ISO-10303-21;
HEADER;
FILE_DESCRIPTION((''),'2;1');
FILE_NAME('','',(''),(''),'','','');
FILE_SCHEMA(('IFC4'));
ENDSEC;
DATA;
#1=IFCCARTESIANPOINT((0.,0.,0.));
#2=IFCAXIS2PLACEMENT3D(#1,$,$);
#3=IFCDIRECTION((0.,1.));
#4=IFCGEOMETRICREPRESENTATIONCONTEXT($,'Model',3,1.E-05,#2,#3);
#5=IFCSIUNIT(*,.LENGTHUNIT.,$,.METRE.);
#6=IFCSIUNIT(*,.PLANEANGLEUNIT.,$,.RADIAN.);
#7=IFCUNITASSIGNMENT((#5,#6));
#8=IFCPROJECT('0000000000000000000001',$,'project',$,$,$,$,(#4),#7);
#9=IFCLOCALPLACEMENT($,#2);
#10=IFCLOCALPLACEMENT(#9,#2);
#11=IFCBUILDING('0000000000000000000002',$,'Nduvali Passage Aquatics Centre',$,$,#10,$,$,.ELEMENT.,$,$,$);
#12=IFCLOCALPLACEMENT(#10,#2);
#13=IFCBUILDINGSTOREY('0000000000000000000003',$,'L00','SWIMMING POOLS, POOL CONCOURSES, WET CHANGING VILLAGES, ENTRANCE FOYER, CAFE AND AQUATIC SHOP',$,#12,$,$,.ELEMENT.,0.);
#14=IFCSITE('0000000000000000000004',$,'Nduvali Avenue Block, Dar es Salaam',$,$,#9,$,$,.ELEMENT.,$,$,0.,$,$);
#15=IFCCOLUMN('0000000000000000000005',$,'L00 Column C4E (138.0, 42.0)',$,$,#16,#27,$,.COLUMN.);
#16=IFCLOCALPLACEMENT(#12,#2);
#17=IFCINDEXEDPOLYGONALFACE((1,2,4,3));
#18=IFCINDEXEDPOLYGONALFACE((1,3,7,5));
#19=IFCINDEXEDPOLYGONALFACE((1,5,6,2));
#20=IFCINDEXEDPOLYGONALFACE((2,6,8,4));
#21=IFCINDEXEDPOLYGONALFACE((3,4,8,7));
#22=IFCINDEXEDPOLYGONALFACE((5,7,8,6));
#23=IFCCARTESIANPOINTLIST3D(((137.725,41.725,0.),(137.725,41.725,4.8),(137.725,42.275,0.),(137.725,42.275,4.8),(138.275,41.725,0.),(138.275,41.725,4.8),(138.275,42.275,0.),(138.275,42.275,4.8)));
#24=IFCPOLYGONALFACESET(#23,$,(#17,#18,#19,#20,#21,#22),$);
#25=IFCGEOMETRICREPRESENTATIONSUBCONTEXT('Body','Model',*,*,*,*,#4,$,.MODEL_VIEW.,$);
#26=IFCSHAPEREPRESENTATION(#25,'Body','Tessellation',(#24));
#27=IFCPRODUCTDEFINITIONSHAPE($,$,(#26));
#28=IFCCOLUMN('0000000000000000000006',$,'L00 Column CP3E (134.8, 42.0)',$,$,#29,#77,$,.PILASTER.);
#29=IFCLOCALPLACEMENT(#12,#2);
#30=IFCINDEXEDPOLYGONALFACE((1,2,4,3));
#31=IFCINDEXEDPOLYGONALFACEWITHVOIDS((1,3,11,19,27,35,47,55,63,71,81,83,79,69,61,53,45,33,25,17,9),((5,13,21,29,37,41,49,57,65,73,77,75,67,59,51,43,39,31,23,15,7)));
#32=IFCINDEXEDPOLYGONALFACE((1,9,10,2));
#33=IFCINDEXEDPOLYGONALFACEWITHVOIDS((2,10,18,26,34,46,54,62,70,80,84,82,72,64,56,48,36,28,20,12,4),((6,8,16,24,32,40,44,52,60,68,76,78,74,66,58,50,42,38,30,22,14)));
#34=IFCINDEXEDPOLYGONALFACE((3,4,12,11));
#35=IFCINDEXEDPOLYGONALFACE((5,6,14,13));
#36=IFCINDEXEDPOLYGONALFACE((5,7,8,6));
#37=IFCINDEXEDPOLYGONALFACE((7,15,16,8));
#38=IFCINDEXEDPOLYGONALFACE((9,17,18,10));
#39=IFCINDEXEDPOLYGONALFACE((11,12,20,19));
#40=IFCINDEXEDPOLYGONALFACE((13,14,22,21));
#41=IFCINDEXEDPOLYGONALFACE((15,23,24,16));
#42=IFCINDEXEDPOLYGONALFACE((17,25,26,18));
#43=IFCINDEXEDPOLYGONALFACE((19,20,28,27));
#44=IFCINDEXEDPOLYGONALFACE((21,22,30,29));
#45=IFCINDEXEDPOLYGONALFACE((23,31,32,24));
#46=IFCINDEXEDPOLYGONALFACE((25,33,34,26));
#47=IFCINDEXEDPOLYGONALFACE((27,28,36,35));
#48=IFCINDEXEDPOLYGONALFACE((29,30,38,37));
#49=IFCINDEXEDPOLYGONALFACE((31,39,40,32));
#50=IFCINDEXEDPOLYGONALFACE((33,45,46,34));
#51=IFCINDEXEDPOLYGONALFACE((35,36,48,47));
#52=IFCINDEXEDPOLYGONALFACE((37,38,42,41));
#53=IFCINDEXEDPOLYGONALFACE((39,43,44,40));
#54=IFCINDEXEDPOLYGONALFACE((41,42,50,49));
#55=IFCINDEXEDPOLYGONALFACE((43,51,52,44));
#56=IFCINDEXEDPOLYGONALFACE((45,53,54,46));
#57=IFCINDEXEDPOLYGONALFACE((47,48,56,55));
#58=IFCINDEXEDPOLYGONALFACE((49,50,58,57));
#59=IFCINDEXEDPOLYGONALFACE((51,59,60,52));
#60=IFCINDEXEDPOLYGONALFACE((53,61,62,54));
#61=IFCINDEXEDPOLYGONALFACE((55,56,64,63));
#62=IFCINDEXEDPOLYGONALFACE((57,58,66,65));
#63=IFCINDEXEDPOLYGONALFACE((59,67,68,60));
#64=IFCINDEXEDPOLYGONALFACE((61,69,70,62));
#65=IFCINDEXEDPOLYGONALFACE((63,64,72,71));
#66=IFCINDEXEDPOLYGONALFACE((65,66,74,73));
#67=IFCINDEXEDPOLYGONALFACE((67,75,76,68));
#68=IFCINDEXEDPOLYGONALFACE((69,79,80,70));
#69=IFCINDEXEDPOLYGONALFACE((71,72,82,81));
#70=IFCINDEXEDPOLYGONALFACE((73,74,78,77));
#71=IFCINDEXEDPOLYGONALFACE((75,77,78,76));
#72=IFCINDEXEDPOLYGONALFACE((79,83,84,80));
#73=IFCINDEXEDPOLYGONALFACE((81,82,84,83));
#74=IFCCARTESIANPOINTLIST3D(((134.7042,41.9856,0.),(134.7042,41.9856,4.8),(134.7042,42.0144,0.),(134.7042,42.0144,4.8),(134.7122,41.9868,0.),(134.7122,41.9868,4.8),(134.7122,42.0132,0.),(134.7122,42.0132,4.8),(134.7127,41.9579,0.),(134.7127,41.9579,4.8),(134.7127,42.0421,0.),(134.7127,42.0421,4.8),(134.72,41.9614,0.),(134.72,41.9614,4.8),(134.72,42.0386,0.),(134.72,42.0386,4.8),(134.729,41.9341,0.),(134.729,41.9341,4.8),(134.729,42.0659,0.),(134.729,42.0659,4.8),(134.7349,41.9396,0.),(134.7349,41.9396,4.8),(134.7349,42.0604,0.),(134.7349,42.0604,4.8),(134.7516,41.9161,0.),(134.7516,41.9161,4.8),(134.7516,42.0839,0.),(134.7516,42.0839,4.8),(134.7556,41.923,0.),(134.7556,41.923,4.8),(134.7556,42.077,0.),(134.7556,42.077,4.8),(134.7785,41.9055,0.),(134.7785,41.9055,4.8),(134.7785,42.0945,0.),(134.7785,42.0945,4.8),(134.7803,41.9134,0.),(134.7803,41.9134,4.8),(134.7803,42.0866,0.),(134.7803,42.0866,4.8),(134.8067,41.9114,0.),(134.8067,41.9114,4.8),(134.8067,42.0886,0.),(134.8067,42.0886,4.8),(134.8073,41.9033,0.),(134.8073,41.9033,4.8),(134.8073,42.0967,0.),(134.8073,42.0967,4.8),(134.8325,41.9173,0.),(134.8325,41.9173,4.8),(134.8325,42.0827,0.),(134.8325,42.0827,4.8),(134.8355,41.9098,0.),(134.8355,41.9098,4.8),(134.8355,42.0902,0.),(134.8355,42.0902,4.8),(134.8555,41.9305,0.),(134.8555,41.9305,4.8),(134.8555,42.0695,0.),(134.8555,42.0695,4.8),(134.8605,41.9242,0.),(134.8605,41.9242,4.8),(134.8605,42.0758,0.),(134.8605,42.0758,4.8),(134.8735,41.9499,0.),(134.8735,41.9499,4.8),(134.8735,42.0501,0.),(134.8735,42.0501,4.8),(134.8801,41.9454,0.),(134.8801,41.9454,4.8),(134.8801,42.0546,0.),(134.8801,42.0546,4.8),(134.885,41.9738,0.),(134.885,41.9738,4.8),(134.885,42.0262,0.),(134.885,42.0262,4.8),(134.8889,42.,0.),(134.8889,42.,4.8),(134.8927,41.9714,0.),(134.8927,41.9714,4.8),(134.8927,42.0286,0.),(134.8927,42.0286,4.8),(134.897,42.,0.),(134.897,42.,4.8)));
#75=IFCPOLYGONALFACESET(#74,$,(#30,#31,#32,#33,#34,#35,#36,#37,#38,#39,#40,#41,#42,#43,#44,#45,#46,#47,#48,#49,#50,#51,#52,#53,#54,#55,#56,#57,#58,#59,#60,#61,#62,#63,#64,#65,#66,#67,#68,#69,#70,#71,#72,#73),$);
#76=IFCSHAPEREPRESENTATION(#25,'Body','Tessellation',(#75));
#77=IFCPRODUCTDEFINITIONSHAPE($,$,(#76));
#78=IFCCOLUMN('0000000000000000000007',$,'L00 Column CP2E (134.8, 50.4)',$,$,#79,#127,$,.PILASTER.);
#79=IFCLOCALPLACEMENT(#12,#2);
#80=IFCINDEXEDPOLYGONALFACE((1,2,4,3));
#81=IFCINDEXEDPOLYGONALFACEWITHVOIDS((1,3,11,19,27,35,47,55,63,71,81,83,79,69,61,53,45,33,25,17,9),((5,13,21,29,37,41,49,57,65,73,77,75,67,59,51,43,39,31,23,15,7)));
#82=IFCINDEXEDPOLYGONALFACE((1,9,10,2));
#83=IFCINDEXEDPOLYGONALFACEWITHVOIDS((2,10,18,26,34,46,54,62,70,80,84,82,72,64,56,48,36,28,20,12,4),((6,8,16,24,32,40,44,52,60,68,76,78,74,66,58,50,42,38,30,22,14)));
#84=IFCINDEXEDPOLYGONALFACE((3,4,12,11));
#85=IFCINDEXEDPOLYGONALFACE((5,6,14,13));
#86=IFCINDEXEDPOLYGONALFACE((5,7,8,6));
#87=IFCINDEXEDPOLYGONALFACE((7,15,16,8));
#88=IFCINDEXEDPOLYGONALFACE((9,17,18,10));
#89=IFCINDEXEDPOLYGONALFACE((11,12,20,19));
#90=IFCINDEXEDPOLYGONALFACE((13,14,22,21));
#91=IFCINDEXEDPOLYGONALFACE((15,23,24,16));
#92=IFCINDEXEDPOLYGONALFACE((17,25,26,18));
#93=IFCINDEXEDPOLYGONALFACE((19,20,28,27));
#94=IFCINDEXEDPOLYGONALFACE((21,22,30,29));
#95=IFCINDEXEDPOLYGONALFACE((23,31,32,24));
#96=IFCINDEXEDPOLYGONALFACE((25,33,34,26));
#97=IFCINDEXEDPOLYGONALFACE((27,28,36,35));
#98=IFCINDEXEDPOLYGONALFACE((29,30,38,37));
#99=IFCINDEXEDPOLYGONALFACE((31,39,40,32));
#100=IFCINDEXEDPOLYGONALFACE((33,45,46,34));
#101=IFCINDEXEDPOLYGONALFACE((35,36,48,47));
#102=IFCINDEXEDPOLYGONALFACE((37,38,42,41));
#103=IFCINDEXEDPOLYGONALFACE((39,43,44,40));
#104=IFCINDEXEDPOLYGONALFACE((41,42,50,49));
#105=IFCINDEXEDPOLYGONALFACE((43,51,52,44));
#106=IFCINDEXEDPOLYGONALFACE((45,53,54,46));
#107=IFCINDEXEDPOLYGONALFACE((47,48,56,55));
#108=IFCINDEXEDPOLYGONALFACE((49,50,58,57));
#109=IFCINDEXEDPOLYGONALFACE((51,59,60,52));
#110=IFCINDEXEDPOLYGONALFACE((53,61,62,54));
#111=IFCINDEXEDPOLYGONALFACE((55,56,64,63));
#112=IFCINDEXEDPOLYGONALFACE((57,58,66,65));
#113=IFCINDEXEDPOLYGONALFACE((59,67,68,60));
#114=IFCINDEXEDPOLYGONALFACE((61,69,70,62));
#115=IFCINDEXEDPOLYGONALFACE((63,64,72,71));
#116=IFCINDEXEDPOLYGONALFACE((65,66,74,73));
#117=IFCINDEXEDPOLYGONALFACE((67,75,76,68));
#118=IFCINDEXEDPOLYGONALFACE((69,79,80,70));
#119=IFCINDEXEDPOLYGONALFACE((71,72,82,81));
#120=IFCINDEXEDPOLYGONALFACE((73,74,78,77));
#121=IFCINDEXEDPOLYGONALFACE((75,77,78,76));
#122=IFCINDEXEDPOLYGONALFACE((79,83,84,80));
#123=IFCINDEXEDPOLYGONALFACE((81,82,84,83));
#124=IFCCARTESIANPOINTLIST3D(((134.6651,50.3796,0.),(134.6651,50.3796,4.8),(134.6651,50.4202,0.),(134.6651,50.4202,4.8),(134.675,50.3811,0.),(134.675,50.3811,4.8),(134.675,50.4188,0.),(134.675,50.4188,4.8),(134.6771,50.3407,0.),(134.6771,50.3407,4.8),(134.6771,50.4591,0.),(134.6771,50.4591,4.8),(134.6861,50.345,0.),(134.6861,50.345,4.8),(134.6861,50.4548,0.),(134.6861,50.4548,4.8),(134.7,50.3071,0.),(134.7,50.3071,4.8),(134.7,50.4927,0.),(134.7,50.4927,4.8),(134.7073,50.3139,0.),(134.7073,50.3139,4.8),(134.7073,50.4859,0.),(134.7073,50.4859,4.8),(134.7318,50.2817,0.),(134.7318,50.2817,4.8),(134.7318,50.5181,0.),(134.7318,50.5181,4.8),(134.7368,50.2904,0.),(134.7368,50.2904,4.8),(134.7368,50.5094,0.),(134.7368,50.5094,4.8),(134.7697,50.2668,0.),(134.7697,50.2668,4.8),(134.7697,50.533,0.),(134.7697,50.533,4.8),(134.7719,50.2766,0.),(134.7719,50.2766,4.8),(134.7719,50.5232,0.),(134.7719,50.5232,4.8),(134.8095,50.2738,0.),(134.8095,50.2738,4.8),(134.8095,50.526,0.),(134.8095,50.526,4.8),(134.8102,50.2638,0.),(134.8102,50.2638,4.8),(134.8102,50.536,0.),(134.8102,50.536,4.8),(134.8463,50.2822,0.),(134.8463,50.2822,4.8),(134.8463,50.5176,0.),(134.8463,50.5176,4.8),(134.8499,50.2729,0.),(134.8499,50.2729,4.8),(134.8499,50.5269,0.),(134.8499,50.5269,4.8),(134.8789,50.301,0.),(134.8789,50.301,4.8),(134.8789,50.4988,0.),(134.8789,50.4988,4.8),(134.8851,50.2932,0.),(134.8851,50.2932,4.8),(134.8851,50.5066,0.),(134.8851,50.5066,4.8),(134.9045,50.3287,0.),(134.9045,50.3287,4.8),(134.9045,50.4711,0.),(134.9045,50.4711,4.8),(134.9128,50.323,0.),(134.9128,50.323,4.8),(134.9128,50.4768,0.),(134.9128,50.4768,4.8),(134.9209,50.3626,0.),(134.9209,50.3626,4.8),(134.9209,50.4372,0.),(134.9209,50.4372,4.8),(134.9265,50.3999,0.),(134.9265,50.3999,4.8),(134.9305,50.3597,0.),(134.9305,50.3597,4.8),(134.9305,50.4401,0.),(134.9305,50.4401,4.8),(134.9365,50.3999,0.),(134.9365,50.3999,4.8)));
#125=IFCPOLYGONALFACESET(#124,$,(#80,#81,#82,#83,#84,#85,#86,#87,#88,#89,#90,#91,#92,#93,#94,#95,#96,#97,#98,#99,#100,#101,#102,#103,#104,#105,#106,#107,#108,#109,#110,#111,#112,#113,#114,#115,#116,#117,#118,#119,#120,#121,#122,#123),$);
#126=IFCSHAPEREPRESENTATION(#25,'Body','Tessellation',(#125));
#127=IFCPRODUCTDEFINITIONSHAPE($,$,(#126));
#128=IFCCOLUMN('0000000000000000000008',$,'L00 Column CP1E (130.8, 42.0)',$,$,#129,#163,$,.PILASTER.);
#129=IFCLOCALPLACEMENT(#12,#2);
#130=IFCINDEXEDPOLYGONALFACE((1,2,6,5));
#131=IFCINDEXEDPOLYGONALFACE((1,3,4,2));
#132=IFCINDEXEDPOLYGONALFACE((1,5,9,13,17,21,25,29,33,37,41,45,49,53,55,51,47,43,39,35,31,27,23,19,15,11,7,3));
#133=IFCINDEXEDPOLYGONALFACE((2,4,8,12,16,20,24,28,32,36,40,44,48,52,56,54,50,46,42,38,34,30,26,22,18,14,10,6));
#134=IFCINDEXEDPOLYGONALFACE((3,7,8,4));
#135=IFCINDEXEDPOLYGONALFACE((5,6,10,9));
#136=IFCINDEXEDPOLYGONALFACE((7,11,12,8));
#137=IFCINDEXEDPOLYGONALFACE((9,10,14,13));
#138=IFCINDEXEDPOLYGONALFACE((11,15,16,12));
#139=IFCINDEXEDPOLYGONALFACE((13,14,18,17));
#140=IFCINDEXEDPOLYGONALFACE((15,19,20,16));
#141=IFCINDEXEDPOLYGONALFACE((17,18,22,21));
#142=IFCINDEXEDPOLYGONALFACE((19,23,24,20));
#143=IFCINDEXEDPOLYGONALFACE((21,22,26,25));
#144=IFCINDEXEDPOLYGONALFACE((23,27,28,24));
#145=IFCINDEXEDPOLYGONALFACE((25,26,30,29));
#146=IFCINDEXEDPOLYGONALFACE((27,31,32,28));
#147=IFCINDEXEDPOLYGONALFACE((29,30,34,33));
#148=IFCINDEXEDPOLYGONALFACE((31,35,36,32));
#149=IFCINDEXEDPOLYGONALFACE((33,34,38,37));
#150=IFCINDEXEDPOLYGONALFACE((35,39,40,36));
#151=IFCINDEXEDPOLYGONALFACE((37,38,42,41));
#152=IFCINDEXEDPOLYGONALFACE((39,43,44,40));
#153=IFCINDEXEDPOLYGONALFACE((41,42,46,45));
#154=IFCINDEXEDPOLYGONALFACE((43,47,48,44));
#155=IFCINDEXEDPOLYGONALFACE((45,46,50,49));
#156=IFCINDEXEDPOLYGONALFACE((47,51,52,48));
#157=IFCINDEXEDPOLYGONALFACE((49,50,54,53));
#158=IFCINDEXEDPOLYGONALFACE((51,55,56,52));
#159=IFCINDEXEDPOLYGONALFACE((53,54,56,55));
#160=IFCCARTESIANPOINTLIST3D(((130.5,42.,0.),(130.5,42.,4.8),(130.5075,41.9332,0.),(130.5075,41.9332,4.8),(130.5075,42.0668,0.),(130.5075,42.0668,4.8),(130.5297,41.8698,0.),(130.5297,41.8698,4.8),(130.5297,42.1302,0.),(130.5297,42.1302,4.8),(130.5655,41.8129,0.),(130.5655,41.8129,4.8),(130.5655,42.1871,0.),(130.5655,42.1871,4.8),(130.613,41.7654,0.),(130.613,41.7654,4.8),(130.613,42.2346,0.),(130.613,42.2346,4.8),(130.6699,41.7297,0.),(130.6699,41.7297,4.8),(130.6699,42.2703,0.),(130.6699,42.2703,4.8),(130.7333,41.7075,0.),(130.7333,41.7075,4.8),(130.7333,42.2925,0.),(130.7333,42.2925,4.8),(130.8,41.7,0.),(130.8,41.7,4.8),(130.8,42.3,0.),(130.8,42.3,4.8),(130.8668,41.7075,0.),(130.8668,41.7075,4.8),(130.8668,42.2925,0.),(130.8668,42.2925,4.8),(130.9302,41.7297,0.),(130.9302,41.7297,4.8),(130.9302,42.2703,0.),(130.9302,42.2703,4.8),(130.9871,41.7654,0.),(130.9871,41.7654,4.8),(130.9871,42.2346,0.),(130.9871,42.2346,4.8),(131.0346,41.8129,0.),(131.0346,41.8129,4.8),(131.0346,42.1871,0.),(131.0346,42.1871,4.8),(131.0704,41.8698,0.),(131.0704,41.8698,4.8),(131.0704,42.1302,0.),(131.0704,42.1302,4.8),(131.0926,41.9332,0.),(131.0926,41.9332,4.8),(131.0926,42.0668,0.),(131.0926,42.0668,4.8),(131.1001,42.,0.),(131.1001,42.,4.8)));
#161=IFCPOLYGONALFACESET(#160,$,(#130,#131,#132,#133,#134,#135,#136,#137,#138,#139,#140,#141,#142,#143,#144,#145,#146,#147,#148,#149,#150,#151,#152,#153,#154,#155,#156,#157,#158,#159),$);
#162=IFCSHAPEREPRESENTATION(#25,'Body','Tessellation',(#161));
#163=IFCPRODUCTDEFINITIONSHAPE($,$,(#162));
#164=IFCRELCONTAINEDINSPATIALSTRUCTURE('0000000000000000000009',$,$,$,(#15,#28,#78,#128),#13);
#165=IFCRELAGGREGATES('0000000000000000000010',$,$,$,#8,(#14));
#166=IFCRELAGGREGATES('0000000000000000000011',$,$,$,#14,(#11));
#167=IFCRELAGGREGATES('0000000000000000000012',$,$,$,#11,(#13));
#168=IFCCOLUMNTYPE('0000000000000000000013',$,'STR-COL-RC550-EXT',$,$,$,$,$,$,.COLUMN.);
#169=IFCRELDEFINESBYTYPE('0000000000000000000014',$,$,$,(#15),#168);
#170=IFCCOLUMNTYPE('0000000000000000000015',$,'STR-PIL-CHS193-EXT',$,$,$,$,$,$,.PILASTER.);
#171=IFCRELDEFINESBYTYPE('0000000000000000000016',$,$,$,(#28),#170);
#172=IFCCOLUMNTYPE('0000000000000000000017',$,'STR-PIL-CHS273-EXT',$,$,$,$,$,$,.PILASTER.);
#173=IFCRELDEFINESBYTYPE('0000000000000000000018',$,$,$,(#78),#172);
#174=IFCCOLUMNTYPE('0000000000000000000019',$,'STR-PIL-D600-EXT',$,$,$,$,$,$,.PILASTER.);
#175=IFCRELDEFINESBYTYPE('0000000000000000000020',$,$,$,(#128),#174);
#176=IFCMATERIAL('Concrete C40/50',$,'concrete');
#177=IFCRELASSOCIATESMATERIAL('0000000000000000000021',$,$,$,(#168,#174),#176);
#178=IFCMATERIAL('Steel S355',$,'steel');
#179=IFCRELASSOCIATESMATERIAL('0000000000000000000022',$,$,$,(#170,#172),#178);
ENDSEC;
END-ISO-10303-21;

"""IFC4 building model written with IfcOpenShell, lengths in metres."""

from ifc_helpers import new_model, si_unit, direction, frame, origin, origin_2d, place, context, subcontext, project, spatial, rectangle, circle, hollow_circle, extrude, material, material_profile, profile_set, type_object, element, save


model = new_model("IFC4")

# Units and contexts
model_context = context("Model", 3, precision=1e-05, world=origin(), true_north=direction((0.0, 1.0)))
body_context = subcontext(model_context, "Body", "Model", "MODEL_VIEW")
ifc_project = project(units=[si_unit("LENGTHUNIT", "METRE"), si_unit("PLANEANGLEUNIT", "RADIAN")], contexts=[model_context])

# Site, building, storey
site_placement = place(None, origin())
site = spatial("IfcSite", under=ifc_project, at=site_placement, Name="Nduvali Avenue Block, Dar es Salaam", CompositionType="ELEMENT", RefElevation=0.0)
building_placement = place(site_placement, origin())
building = spatial("IfcBuilding", under=site, at=building_placement, Name="Nduvali Passage Aquatics Centre", CompositionType="ELEMENT")
storey_placement = place(building_placement, origin())
storey = spatial("IfcBuildingStorey", under=building, at=storey_placement, Name="L00", Description="SWIMMING POOLS, POOL CONCOURSES, WET CHANGING VILLAGES, ENTRANCE FOYER, CAFE AND AQUATIC SHOP", CompositionType="ELEMENT", Elevation=0.0)

# Columns
ifc_material_1 = material(Name="Concrete C40/50", Category="concrete")
ifc_material_profile_1 = material_profile(ifc_material_1, rectangle(XDim=0.55, YDim=0.55, at=origin_2d()), Name="RC 550x550")
ifc_profile_set_1 = profile_set([ifc_material_profile_1], Name="Concrete C40/50")
column_type_1 = type_object("IfcColumnType", Name="STR-COL-RC550-EXT", PredefinedType="COLUMN", material=ifc_profile_set_1)
column_1_placement = place(storey_placement, frame((138.0, 42.0, 0.0), z_axis=(0.0, 0.0, 1.0), x_axis=(1.0, 0.0, 0.0)))
element("IfcColumn", 1, at=column_1_placement, inside=storey, type_object=column_type_1, Name="L00 Column C4E (138.0, 42.0)", PredefinedType="COLUMN", context=body_context, shape_type="SweptSolid", body=[
    extrude(rectangle(XDim=0.55, YDim=0.55, at=origin_2d()), origin(), (0.0, 0.0, 1.0), 4.8),
])
ifc_material_2 = material(Name="Steel S355", Category="steel")
ifc_material_profile_2 = material_profile(ifc_material_2, hollow_circle(Radius=0.0969, WallThickness=0.0081, at=origin_2d()), Name="CHS 193.7x8.0")
ifc_profile_set_2 = profile_set([ifc_material_profile_2], Name="Steel S355")
column_type_2 = type_object("IfcColumnType", Name="STR-PIL-CHS193-EXT", PredefinedType="PILASTER", material=ifc_profile_set_2)
column_2_placement = place(storey_placement, frame((134.8, 42.0, 0.0), z_axis=(0.0, 0.0, 1.0), x_axis=(1.0, 0.0, 0.0)))
element("IfcColumn", 2, at=column_2_placement, inside=storey, type_object=column_type_2, Name="L00 Column CP3E (134.8, 42.0)", PredefinedType="PILASTER", context=body_context, shape_type="SweptSolid", body=[
    extrude(hollow_circle(Radius=0.0969, WallThickness=0.0081, at=origin_2d()), origin(), (0.0, 0.0, 1.0), 4.8),
])
ifc_material_profile_3 = material_profile(ifc_material_2, hollow_circle(Radius=0.1365, WallThickness=0.01, at=origin_2d()), Name="CHS 273.0x10.0")
ifc_profile_set_3 = profile_set([ifc_material_profile_3], Name="Steel S355")
column_type_3 = type_object("IfcColumnType", Name="STR-PIL-CHS273-EXT", PredefinedType="PILASTER", material=ifc_profile_set_3)
column_3_placement = place(storey_placement, frame((134.8, 50.3999, 0.0), z_axis=(0.0, 0.0, 1.0), x_axis=(1.0, 0.0, 0.0)))
element("IfcColumn", 3, at=column_3_placement, inside=storey, type_object=column_type_3, Name="L00 Column CP2E (134.8, 50.4)", PredefinedType="PILASTER", context=body_context, shape_type="SweptSolid", body=[
    extrude(hollow_circle(Radius=0.1365, WallThickness=0.01, at=origin_2d()), origin(), (0.0, 0.0, 1.0), 4.8),
])
ifc_material_profile_4 = material_profile(ifc_material_1, circle(Radius=0.3, at=origin_2d()), Name="RC D600")
ifc_profile_set_4 = profile_set([ifc_material_profile_4], Name="Concrete C40/50")
column_type_4 = type_object("IfcColumnType", Name="STR-PIL-D600-EXT", PredefinedType="PILASTER", material=ifc_profile_set_4)
for number, where, z_axis, x_axis, name in (
    (4, (130.8, 42.0, 0.0), (0.0, 0.0, 1.0), (1.0, 0.0, 0.0), "L00 Column CP1E (130.8, 42.0)"),
):
    element("IfcColumn", number, at=place(storey_placement, frame(where, z_axis=z_axis, x_axis=x_axis)), inside=storey, type_object=column_type_4, Name=name, PredefinedType="PILASTER", context=body_context, shape_type="SweptSolid", body=[
        extrude(circle(Radius=0.3, at=origin_2d()), origin(), (0.0, 0.0, 1.0), 4.8),
    ])

save(model, "model.ifc")
